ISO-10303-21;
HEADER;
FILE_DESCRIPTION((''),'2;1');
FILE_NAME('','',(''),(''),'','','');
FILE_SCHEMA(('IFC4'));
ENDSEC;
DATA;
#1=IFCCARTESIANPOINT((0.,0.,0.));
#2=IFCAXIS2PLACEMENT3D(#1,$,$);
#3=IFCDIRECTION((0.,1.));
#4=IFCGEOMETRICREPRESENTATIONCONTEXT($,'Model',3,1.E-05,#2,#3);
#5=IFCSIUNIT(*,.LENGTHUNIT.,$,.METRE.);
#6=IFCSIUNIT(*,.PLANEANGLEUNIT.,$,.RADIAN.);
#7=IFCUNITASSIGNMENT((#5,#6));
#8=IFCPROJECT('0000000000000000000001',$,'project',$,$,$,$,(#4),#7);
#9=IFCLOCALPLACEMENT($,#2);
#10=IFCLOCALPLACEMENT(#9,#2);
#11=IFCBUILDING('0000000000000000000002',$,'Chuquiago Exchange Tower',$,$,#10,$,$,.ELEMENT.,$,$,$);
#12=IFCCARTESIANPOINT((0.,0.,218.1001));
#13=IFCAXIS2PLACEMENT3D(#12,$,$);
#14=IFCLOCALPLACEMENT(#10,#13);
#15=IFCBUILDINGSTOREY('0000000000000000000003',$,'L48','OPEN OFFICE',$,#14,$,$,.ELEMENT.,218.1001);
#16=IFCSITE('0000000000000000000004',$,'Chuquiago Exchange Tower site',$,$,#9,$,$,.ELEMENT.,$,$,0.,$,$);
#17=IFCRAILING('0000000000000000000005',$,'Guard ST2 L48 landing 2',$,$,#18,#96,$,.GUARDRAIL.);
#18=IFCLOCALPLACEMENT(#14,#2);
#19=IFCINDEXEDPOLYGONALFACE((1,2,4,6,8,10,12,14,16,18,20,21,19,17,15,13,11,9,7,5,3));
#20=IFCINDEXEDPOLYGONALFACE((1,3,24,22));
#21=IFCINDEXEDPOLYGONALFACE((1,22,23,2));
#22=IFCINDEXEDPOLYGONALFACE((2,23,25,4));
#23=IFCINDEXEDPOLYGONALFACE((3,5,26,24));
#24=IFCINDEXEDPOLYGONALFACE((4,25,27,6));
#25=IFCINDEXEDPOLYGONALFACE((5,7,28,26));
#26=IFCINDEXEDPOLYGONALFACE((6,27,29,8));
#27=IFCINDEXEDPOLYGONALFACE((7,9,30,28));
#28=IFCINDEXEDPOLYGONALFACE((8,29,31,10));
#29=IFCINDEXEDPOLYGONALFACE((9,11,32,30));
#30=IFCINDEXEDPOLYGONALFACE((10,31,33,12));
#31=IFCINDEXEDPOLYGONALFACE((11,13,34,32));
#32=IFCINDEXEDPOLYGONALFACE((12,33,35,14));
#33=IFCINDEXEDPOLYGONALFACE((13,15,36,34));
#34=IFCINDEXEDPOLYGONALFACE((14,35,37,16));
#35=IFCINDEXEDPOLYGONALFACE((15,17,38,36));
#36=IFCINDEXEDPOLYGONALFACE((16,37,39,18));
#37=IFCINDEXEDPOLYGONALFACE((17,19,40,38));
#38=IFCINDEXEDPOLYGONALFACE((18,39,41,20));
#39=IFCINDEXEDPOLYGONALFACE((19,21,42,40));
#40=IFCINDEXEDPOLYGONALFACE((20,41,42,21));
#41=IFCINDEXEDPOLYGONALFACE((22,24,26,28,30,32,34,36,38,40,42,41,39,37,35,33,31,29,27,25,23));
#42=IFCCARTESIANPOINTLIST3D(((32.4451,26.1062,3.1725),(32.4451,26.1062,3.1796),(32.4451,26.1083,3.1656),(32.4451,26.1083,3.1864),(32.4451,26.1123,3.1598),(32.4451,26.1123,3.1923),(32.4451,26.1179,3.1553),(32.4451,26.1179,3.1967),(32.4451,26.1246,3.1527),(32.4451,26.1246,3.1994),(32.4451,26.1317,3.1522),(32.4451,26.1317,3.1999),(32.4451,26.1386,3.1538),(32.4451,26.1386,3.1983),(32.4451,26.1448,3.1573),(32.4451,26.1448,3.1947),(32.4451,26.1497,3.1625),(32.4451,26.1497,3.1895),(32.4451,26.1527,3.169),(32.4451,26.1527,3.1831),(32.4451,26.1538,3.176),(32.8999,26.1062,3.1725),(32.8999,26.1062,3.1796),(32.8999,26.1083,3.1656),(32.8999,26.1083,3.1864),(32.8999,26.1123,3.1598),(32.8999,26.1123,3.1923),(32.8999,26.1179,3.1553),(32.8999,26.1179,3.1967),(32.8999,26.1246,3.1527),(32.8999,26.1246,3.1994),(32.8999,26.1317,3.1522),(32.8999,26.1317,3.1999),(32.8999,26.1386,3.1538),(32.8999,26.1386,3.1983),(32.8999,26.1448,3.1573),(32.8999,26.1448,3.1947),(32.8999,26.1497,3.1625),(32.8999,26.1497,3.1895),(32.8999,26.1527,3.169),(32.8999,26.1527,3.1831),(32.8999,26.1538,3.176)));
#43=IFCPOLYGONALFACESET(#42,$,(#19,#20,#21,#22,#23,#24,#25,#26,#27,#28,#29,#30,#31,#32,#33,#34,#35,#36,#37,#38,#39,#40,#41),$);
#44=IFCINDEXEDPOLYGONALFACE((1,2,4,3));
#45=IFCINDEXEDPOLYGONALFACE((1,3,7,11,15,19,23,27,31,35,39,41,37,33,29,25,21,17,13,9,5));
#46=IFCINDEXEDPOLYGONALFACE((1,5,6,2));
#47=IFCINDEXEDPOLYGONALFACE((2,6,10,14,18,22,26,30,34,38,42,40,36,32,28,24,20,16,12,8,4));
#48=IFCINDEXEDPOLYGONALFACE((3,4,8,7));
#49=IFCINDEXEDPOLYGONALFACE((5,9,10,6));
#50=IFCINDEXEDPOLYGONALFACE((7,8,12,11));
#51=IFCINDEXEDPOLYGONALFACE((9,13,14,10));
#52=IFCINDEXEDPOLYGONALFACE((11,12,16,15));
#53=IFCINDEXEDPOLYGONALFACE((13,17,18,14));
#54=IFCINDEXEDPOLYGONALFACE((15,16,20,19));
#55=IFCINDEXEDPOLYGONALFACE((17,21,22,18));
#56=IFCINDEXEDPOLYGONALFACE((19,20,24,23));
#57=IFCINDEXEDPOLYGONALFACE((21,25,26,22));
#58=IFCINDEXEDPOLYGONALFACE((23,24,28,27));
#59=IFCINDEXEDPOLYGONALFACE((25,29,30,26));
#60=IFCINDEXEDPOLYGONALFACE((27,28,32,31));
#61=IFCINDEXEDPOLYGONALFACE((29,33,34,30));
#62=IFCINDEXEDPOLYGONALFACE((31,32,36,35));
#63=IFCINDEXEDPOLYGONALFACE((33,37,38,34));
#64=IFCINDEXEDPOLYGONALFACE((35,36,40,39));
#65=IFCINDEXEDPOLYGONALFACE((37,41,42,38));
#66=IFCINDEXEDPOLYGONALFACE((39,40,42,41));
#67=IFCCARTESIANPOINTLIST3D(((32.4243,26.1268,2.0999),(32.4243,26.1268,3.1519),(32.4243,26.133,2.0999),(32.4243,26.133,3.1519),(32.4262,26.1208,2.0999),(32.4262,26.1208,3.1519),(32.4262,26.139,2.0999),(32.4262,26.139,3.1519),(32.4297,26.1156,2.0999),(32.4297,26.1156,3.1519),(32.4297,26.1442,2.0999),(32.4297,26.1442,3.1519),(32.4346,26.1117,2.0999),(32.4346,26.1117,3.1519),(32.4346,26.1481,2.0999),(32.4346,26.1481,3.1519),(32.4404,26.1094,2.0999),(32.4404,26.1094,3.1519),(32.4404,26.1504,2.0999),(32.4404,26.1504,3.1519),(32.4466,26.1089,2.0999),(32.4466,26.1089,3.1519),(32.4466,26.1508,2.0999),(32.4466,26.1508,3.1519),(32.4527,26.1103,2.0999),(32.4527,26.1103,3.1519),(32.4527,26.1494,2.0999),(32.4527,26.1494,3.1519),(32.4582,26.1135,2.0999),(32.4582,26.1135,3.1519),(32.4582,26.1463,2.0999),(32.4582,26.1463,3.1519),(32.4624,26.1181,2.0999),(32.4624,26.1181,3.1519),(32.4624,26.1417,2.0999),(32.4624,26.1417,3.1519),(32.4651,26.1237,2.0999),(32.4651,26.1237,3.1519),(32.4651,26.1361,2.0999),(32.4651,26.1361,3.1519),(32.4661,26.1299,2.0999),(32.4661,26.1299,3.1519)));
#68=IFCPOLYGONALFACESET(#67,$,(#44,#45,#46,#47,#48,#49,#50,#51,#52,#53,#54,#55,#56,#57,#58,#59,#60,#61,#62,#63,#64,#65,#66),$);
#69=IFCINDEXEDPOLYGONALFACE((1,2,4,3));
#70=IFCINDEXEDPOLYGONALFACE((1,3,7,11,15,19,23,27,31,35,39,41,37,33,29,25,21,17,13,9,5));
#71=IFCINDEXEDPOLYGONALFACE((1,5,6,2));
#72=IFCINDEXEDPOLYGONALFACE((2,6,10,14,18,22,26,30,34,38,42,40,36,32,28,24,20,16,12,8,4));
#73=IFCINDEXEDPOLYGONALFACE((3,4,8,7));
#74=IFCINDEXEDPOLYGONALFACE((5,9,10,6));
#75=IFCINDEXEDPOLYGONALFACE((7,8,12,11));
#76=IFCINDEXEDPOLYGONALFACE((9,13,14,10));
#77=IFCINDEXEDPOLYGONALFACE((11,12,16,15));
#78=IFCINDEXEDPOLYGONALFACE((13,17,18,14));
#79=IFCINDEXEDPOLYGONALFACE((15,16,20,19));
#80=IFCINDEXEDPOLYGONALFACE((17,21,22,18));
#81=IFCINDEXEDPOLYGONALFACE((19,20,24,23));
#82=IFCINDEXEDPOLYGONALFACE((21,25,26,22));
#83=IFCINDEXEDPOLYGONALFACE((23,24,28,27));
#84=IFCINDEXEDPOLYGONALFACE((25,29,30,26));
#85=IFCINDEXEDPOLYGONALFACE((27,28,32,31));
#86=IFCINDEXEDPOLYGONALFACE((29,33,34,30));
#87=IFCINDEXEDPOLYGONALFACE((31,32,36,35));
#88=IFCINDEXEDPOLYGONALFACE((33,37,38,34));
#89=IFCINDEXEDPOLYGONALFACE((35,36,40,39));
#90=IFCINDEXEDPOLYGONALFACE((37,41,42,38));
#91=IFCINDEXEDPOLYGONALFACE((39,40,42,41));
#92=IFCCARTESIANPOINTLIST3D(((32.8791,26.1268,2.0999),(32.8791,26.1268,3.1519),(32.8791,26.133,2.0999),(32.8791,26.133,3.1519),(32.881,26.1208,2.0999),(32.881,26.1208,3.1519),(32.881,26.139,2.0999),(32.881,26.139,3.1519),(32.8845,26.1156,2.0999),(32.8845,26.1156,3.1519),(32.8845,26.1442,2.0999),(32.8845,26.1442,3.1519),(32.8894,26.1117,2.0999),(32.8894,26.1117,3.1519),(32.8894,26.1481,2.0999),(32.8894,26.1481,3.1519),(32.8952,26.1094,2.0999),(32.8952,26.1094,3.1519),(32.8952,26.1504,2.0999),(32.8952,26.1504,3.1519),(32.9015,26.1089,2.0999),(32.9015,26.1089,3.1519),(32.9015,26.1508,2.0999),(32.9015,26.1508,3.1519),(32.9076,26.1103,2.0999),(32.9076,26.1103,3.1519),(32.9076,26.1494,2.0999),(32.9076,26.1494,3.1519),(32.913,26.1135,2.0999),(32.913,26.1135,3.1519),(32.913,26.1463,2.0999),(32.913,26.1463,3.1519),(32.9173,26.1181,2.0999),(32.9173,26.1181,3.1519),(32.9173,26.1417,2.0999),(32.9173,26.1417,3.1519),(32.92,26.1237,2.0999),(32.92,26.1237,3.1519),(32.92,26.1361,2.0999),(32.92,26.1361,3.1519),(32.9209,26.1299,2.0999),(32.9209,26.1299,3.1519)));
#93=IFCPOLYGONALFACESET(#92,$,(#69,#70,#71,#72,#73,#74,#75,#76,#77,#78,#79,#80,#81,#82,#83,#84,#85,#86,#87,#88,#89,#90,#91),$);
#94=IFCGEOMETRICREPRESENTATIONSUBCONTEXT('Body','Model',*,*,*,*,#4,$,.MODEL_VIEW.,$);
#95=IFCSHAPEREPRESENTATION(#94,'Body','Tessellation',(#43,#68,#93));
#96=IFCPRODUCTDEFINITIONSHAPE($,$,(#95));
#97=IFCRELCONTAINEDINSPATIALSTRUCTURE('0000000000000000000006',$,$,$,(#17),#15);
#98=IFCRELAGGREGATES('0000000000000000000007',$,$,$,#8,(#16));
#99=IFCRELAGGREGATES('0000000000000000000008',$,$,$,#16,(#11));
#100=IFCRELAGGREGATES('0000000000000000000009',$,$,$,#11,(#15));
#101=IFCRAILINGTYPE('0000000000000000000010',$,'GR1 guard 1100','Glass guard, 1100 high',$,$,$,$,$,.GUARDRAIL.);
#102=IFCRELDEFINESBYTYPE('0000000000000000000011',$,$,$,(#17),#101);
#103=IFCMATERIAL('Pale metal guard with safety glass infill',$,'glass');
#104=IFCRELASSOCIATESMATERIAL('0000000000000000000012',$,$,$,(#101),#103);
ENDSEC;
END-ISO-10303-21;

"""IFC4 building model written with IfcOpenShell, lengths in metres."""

from ifc_helpers import new_model, si_unit, direction, frame, origin, origin_2d, place, context, subcontext, project, spatial, circle, extrude, material, type_object, element, save


model = new_model("IFC4")

# Units and contexts
model_context = context("Model", 3, precision=1e-05, world=origin(), true_north=direction((0.0, 1.0)))
body_context = subcontext(model_context, "Body", "Model", "MODEL_VIEW")
ifc_project = project(units=[si_unit("LENGTHUNIT", "METRE"), si_unit("PLANEANGLEUNIT", "RADIAN")], contexts=[model_context])

# Site, building, storey
site_placement = place(None, origin())
site = spatial("IfcSite", under=ifc_project, at=site_placement, Name="Chuquiago Exchange Tower site", CompositionType="ELEMENT", RefElevation=0.0)
building_placement = place(site_placement, origin())
building = spatial("IfcBuilding", under=site, at=building_placement, Name="Chuquiago Exchange Tower", CompositionType="ELEMENT")
storey_placement = place(building_placement, frame((0.0, 0.0, 218.1001)))
storey = spatial("IfcBuildingStorey", under=building, at=storey_placement, Name="L48", Description="OPEN OFFICE", CompositionType="ELEMENT", Elevation=218.1001)

# Railing
ifc_material_1 = material(Name="Pale metal guard with safety glass infill", Category="glass")
railing_type_1 = type_object("IfcRailingType", Name="GR1 guard 1100", Description="Glass guard, 1100 high", PredefinedType="GUARDRAIL", material=ifc_material_1)
railing_1_placement = place(storey_placement, frame((32.4451, 26.1299, 2.0999)))
element("IfcRailing", 1, at=railing_1_placement, inside=storey, type_object=railing_type_1, Name="Guard ST2 L48 landing 2", PredefinedType="GUARDRAIL", context=body_context, shape_type="SweptSolid", body=[
    extrude(circle(Radius=0.0239, at=origin_2d()), frame((0.0, 0.0, 1.0762), z_axis=(1.0, 0.0, 0.0), x_axis=(0.0, 1.0, 0.0)), (0.0, 0.0, 1.0), 0.4548),
    extrude(circle(Radius=0.021, at=origin_2d()), origin(), (0.0, 0.0, 1.0), 1.052),
    extrude(circle(Radius=0.021, at=origin_2d()), frame((0.4548, 0.0, 0.0)), (0.0, 0.0, 1.0), 1.052),
])

save(model, "model.ifc")
